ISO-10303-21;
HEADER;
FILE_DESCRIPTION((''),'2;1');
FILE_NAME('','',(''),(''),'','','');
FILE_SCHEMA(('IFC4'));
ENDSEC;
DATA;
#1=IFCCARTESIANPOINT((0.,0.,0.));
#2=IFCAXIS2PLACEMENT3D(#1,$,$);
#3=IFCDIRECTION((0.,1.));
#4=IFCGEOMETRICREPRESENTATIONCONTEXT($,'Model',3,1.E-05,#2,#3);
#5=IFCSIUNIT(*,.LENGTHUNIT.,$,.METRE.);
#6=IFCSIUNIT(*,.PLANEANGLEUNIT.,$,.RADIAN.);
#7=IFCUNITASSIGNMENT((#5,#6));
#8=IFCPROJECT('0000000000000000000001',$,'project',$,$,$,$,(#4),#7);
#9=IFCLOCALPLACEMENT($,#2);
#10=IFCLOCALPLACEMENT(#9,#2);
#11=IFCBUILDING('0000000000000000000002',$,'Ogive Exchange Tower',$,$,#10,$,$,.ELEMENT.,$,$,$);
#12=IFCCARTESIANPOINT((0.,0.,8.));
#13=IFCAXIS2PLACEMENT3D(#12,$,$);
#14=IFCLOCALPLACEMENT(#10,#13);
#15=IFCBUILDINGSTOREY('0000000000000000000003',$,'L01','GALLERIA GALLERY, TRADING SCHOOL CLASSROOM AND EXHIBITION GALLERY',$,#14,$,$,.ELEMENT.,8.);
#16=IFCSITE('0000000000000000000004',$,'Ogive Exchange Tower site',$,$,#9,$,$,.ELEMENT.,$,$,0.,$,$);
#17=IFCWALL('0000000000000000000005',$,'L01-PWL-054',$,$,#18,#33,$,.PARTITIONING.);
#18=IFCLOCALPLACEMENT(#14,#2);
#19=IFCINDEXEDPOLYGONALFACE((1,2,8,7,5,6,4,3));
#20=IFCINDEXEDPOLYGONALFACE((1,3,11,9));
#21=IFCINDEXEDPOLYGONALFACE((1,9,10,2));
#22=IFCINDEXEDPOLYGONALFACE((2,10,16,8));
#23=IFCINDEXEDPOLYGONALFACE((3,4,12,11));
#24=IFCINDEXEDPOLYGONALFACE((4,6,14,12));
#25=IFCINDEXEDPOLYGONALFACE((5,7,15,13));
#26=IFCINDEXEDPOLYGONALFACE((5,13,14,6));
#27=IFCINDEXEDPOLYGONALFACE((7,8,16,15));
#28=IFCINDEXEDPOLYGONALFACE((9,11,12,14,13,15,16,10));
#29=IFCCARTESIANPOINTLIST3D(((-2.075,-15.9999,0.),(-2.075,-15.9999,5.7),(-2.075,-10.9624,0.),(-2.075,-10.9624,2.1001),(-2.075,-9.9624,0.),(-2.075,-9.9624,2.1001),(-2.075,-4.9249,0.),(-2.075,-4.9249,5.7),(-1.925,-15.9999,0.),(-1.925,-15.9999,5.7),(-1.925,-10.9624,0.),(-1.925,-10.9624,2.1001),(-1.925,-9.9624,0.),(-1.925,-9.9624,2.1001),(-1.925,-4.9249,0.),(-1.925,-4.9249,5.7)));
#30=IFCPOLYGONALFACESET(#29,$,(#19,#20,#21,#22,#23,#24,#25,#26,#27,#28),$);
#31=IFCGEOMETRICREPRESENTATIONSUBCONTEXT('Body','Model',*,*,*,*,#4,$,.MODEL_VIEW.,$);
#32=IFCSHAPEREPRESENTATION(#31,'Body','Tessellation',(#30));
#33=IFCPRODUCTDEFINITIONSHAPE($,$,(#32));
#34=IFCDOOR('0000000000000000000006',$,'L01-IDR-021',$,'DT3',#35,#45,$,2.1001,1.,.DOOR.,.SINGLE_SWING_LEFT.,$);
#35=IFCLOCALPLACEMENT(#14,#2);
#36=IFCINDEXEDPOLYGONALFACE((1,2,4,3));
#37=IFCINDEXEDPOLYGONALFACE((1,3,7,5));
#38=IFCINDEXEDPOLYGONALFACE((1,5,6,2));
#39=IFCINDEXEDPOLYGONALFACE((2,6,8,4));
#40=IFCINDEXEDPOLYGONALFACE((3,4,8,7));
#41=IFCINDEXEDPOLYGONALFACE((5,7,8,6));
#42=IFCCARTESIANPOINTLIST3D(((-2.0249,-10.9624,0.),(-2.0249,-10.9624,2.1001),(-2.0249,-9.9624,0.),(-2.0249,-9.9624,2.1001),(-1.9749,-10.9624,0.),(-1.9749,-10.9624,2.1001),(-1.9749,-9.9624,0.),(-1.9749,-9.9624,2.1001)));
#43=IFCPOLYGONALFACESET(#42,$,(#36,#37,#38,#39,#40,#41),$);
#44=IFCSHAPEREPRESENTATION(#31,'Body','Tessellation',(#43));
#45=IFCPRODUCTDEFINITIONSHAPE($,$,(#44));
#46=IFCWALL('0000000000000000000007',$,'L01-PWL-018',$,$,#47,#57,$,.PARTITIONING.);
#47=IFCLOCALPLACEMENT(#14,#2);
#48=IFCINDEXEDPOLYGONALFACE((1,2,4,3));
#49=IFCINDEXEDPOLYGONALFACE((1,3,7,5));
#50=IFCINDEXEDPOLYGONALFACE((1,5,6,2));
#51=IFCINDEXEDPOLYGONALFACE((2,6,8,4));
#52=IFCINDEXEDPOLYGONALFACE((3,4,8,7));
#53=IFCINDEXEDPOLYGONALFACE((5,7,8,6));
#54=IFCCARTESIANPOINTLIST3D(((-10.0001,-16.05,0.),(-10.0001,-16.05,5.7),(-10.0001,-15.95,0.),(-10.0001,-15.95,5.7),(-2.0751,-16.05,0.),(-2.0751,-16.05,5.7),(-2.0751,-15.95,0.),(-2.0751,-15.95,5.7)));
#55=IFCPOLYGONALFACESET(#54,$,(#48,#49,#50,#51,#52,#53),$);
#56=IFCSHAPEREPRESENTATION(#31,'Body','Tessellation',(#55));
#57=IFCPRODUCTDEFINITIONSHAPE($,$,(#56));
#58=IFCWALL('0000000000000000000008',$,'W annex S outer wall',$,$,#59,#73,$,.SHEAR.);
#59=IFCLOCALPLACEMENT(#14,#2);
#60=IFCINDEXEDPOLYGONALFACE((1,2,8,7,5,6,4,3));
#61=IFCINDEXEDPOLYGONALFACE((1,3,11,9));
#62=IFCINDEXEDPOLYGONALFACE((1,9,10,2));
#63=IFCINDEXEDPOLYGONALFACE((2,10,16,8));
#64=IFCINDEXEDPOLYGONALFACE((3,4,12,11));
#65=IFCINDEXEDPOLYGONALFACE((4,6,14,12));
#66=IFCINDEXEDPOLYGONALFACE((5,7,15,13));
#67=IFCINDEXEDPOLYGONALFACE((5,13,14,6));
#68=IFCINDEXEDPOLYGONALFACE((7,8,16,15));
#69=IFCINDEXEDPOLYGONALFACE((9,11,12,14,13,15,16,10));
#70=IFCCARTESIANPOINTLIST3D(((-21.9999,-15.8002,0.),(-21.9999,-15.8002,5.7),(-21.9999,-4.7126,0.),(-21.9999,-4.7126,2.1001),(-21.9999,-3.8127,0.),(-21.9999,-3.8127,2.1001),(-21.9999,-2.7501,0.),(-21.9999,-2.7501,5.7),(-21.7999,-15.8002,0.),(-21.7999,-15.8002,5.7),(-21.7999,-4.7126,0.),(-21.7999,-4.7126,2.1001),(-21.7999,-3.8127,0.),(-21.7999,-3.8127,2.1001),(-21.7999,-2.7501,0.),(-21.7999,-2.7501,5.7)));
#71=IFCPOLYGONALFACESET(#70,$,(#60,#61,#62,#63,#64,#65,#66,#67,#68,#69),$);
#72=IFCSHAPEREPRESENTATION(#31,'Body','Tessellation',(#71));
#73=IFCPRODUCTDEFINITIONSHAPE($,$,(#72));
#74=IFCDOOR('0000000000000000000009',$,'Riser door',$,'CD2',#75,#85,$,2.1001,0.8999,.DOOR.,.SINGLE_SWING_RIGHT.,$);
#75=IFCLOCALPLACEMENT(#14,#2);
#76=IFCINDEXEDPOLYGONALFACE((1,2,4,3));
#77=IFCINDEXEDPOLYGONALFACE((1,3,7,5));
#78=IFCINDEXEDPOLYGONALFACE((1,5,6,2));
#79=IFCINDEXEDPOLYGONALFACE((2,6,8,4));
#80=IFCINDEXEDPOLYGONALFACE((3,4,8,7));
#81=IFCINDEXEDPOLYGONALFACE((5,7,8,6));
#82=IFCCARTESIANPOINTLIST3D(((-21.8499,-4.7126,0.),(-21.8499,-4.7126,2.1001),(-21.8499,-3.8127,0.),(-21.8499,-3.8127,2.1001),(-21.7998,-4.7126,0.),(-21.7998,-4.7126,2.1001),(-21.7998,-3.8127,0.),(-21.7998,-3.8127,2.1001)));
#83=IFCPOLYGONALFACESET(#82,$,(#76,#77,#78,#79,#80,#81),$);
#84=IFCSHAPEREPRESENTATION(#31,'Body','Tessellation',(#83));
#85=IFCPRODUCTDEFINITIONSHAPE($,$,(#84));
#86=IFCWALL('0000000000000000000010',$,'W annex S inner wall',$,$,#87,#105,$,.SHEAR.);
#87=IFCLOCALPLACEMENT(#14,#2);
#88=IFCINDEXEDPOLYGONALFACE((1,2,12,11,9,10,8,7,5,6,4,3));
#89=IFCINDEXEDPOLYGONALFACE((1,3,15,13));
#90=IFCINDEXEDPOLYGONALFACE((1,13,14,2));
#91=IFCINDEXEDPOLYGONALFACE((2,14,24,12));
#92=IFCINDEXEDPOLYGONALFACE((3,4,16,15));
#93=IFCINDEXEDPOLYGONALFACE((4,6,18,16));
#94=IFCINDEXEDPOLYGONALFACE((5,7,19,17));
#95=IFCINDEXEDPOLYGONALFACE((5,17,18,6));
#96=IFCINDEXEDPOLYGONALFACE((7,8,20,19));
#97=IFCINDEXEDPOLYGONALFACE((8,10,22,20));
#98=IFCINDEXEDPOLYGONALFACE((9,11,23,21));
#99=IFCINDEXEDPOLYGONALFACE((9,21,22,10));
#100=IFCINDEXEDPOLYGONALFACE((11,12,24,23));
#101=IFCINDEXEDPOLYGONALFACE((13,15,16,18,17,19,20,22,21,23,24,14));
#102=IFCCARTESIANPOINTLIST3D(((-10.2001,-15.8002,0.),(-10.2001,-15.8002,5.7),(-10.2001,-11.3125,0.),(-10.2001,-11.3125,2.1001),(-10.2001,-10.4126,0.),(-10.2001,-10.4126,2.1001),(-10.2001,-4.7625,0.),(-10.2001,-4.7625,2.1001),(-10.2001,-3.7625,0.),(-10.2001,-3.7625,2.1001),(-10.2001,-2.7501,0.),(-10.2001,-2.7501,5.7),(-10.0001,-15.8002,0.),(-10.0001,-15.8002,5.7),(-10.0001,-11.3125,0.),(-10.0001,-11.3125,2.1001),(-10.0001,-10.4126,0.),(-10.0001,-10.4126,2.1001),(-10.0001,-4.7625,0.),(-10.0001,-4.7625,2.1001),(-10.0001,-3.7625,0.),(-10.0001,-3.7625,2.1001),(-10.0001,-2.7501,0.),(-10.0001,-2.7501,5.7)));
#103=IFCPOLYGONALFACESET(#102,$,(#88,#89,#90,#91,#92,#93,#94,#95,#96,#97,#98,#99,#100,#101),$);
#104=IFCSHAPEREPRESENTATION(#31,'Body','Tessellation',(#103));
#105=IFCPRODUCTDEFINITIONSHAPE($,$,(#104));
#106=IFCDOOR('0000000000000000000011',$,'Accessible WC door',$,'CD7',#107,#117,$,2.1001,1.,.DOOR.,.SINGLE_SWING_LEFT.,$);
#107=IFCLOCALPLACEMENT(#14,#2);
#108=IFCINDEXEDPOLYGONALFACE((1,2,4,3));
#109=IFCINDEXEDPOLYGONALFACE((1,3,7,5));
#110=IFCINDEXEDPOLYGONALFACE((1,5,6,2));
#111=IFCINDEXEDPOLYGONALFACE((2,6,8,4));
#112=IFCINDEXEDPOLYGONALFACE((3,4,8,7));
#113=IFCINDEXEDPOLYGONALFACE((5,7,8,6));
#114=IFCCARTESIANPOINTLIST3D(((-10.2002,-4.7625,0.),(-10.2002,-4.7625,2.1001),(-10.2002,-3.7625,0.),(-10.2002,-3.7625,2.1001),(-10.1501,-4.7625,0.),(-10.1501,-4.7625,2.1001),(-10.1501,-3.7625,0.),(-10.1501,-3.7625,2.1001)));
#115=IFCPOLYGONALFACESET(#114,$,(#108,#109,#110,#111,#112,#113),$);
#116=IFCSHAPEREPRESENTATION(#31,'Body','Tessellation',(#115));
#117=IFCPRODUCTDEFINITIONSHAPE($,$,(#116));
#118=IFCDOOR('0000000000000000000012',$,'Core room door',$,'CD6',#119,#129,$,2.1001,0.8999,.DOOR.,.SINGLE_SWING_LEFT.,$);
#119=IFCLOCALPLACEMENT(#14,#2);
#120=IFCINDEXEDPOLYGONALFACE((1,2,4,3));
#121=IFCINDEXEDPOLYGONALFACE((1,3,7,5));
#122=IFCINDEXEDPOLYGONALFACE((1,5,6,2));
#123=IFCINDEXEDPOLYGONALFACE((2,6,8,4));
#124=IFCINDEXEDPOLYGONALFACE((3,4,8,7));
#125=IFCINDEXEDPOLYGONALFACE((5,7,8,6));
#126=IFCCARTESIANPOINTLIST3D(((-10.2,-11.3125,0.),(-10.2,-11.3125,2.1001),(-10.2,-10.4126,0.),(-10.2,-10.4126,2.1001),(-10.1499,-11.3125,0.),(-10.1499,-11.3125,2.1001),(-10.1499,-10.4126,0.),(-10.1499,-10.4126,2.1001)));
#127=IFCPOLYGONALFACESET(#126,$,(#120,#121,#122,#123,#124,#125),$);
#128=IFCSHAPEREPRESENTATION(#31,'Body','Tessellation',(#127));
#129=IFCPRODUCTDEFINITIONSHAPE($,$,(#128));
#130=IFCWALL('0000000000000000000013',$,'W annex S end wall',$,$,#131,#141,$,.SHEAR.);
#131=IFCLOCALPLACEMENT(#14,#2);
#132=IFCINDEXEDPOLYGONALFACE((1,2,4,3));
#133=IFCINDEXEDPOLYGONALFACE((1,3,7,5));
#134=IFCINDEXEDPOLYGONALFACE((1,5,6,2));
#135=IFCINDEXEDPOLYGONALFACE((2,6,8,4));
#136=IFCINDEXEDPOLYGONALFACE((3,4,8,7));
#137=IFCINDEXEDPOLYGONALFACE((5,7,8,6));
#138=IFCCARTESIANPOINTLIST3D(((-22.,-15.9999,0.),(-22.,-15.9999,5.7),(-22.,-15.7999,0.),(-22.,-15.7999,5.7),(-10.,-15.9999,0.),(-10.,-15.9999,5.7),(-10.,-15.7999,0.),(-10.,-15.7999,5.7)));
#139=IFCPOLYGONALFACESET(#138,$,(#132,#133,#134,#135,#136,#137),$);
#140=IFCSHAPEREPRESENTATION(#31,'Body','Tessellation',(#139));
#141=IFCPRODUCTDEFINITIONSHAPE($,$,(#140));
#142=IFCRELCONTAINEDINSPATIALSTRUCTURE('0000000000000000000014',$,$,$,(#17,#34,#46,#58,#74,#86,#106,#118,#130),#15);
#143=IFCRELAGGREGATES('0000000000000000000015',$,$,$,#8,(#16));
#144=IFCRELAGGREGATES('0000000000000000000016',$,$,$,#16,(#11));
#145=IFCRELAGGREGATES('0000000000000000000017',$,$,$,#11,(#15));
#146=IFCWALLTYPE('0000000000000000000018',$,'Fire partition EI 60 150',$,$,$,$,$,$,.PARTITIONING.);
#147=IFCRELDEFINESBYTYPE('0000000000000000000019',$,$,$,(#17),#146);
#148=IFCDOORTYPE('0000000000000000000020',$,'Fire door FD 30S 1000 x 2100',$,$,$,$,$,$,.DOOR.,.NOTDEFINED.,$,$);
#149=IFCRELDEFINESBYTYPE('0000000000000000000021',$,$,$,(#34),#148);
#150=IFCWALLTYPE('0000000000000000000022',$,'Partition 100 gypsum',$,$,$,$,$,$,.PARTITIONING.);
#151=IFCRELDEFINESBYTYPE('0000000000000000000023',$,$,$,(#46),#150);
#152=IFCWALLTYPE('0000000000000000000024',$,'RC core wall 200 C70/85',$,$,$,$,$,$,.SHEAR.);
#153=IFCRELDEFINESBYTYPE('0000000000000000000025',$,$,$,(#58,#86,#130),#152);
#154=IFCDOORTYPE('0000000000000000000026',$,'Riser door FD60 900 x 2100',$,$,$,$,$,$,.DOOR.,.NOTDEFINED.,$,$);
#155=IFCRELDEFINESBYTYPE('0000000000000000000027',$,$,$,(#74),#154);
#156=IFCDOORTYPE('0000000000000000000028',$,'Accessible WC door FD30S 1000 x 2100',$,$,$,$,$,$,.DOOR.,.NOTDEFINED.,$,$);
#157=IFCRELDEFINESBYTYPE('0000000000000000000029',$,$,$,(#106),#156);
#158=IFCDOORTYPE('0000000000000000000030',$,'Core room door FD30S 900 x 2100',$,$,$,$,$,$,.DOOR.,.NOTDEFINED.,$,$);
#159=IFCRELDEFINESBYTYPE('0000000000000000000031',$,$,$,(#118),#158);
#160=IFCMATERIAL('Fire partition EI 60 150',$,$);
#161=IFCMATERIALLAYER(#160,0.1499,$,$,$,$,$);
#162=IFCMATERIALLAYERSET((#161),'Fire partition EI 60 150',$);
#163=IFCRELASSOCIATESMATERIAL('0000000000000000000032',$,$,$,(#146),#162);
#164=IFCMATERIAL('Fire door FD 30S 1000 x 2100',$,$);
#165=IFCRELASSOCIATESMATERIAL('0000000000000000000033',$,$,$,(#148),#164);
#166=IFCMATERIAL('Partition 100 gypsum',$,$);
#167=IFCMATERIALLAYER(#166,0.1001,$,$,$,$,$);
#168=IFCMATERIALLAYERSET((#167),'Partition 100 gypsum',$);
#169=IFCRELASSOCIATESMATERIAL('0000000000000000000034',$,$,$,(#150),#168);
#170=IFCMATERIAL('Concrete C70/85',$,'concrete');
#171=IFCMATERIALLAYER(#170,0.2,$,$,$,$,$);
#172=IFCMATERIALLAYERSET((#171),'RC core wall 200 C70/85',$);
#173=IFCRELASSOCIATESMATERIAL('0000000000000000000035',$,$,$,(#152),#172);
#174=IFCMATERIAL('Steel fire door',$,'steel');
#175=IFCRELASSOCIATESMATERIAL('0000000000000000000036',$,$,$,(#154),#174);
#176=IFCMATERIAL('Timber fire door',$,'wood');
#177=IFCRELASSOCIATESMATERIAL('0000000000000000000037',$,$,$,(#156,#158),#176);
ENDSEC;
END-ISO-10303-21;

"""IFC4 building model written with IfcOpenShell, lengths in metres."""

from ifc_helpers import new_model, si_unit, direction, frame, frame_2d, origin, place, context, subcontext, project, spatial, rectangle, extrude, material, layer, layer_set, type_object, element, fill, save


model = new_model("IFC4")

# Units and contexts
model_context = context("Model", 3, precision=1e-05, world=origin(), true_north=direction((0.0, 1.0)))
body_context = subcontext(model_context, "Body", "Model", "MODEL_VIEW")
ifc_project = project(units=[si_unit("LENGTHUNIT", "METRE"), si_unit("PLANEANGLEUNIT", "RADIAN")], contexts=[model_context])

# Site, building, storey
site_placement = place(None, origin())
site = spatial("IfcSite", under=ifc_project, at=site_placement, Name="Ogive Exchange Tower site", CompositionType="ELEMENT", RefElevation=0.0)
building_placement = place(site_placement, origin())
building = spatial("IfcBuilding", under=site, at=building_placement, Name="Ogive Exchange Tower", CompositionType="ELEMENT")
storey_placement = place(building_placement, frame((0.0, 0.0, 8.0)))
storey = spatial("IfcBuildingStorey", under=building, at=storey_placement, Name="L01", Description="GALLERIA GALLERY, TRADING SCHOOL CLASSROOM AND EXHIBITION GALLERY", CompositionType="ELEMENT", Elevation=8.0)

# Shared definitions
ifc_material_1 = material(Name="Fire partition EI 60 150")
ifc_layer_1 = layer(ifc_material_1, 0.1499)
ifc_layer_set_1 = layer_set([ifc_layer_1], Name="Fire partition EI 60 150")
wall_type_1 = type_object("IfcWallType", Name="Fire partition EI 60 150", PredefinedType="PARTITIONING", material=ifc_layer_set_1)

# Wall, opening, door
ifc_material_2 = material(Name="Fire door FD 30S 1000 x 2100")
door_type_1 = type_object("IfcDoorType", Name="Fire door FD 30S 1000 x 2100", OperationType="NOTDEFINED", PredefinedType="DOOR", material=ifc_material_2)
wall_1_placement = place(storey_placement, frame((-2.0, -16.0, 0.0), z_axis=(0.0, 0.0, 1.0), x_axis=(0.0, 1.0, 0.0)))
wall_1 = element("IfcWall", 1, at=wall_1_placement, inside=storey, type_object=wall_type_1, Name="L01-PWL-054", PredefinedType="PARTITIONING", context=body_context, shape_type="SweptSolid", body=[
    extrude(rectangle(XDim=11.075, YDim=0.1499, at=frame_2d((5.5376, 0.0))), origin(), (0.0, 0.0, 1.0), 5.7),
])
opening_1_placement = place(wall_1_placement, frame((5.0376, 0.0, 0.0)))
opening_1 = element("IfcOpeningElement", 2, at=opening_1_placement, cuts=wall_1, PredefinedType="OPENING", context=body_context, shape_type="SweptSolid", body=[
    extrude(rectangle(XDim=1.0, YDim=2.1001, at=frame_2d((0.5, 1.05))), frame((0.0, 0.085, 0.0), z_axis=(0.0, -1.0, 0.0), x_axis=(1.0, 0.0, 0.0)), (0.0, 0.0, 1.0), 0.1699),
])
door_1_placement = place(opening_1_placement, origin())
door_1 = element("IfcDoor", 3, at=door_1_placement, inside=storey, type_object=door_type_1, Name="L01-IDR-021", ObjectType="DT3", OperationType="SINGLE_SWING_LEFT", OverallHeight=2.1001, OverallWidth=1.0, PredefinedType="DOOR", context=body_context, shape_type="SweptSolid", body=[
    extrude(rectangle(XDim=1.0, YDim=2.1001, at=frame_2d((0.5, 1.05))), frame((0.0, 0.0249, 0.0), z_axis=(0.0, -1.0, 0.0), x_axis=(1.0, 0.0, 0.0)), (0.0, 0.0, 1.0), 0.05),
])
fill(opening_1, door_1)

# Wall
ifc_material_3 = material(Name="Partition 100 gypsum")
ifc_layer_2 = layer(ifc_material_3, 0.1001)
ifc_layer_set_2 = layer_set([ifc_layer_2], Name="Partition 100 gypsum")
wall_type_2 = type_object("IfcWallType", Name="Partition 100 gypsum", PredefinedType="PARTITIONING", material=ifc_layer_set_2)
wall_2_placement = place(storey_placement, frame((-10.0, -16.0, 0.0), z_axis=(0.0, 0.0, 1.0), x_axis=(1.0, 0.0, 0.0)))
element("IfcWall", 4, at=wall_2_placement, inside=storey, type_object=wall_type_2, Name="L01-PWL-018", PredefinedType="PARTITIONING", context=body_context, shape_type="SweptSolid", body=[
    extrude(rectangle(XDim=7.925, YDim=0.1001, at=frame_2d((3.9624, 0.0))), origin(), (0.0, 0.0, 1.0), 5.7),
])

# Wall, opening, door
ifc_material_4 = material(Name="Concrete C70/85", Category="concrete")
ifc_layer_3 = layer(ifc_material_4, 0.2)
ifc_layer_set_3 = layer_set([ifc_layer_3], Name="RC core wall 200 C70/85")
wall_type_3 = type_object("IfcWallType", Name="RC core wall 200 C70/85", PredefinedType="SHEAR", material=ifc_layer_set_3)
wall_3_placement = place(storey_placement, frame((-21.8999, -15.8, 0.0), z_axis=(0.0, 0.0, 1.0), x_axis=(0.0, 1.0, 0.0)))
wall_3 = element("IfcWall", 5, at=wall_3_placement, inside=storey, type_object=wall_type_3, Name="W annex S outer wall", PredefinedType="SHEAR", context=body_context, shape_type="SweptSolid", body=[
    extrude(rectangle(XDim=13.05, YDim=0.2, at=frame_2d((6.5249, 0.0))), origin(), (0.0, 0.0, 1.0), 5.7),
])
opening_2_placement = place(wall_3_placement, frame((11.0874, 0.0, 0.0)))
opening_2 = element("IfcOpeningElement", 6, at=opening_2_placement, cuts=wall_3, PredefinedType="OPENING", context=body_context, shape_type="SweptSolid", body=[
    extrude(rectangle(XDim=0.8999, YDim=2.1001, at=frame_2d((0.45, 1.05))), frame((0.0, 0.1099, 0.0), z_axis=(0.0, -1.0, 0.0), x_axis=(1.0, 0.0, 0.0)), (0.0, 0.0, 1.0), 0.22),
])
ifc_material_5 = material(Name="Steel fire door", Category="steel")
door_type_2 = type_object("IfcDoorType", Name="Riser door FD60 900 x 2100", OperationType="NOTDEFINED", PredefinedType="DOOR", material=ifc_material_5)
door_2_placement = place(opening_2_placement, frame((0.8999, -0.1499, 0.0), z_axis=(0.0, 0.0, 1.0), x_axis=(-1.0, 0.0, 0.0)))
door_2 = element("IfcDoor", 7, at=door_2_placement, inside=storey, type_object=door_type_2, Name="Riser door", ObjectType="CD2", OperationType="SINGLE_SWING_RIGHT", OverallHeight=2.1001, OverallWidth=0.8999, PredefinedType="DOOR", context=body_context, shape_type="SweptSolid", body=[
    extrude(rectangle(XDim=0.8999, YDim=2.1001, at=frame_2d((0.45, 1.05))), frame((0.0, -0.0498, 0.0), z_axis=(0.0, -1.0, 0.0), x_axis=(1.0, 0.0, 0.0)), (0.0, 0.0, 1.0), 0.05),
])
fill(opening_2, door_2)

# Wall, openings, doors
wall_4_placement = place(storey_placement, frame((-10.1001, -15.8, 0.0), z_axis=(0.0, 0.0, 1.0), x_axis=(0.0, 1.0, 0.0)))
wall_4 = element("IfcWall", 8, at=wall_4_placement, inside=storey, type_object=wall_type_3, Name="W annex S inner wall", PredefinedType="SHEAR", context=body_context, shape_type="SweptSolid", body=[
    extrude(rectangle(XDim=13.05, YDim=0.2, at=frame_2d((6.5249, 0.0))), origin(), (0.0, 0.0, 1.0), 5.7),
])
opening_3_placement = place(wall_4_placement, frame((4.4875, 0.0, 0.0)))
opening_3 = element("IfcOpeningElement", 9, at=opening_3_placement, cuts=wall_4, PredefinedType="OPENING", context=body_context, shape_type="SweptSolid", body=[
    extrude(rectangle(XDim=0.8999, YDim=2.1001, at=frame_2d((0.45, 1.05))), frame((0.0, 0.1099, 0.0), z_axis=(0.0, -1.0, 0.0), x_axis=(1.0, 0.0, 0.0)), (0.0, 0.0, 1.0), 0.22),
])
opening_4_placement = place(wall_4_placement, frame((11.0376, 0.0, 0.0)))
opening_4 = element("IfcOpeningElement", 10, at=opening_4_placement, cuts=wall_4, PredefinedType="OPENING", context=body_context, shape_type="SweptSolid", body=[
    extrude(rectangle(XDim=1.0, YDim=2.1001, at=frame_2d((0.5, 1.05))), frame((0.0, 0.1099, 0.0), z_axis=(0.0, -1.0, 0.0), x_axis=(1.0, 0.0, 0.0)), (0.0, 0.0, 1.0), 0.22),
])
ifc_material_6 = material(Name="Timber fire door", Category="wood")
door_type_3 = type_object("IfcDoorType", Name="Accessible WC door FD30S 1000 x 2100", OperationType="NOTDEFINED", PredefinedType="DOOR", material=ifc_material_6)
door_3_placement = place(opening_4_placement, origin())
door_3 = element("IfcDoor", 11, at=door_3_placement, inside=storey, type_object=door_type_3, Name="Accessible WC door", ObjectType="CD7", OperationType="SINGLE_SWING_LEFT", OverallHeight=2.1001, OverallWidth=1.0, PredefinedType="DOOR", context=body_context, shape_type="SweptSolid", body=[
    extrude(rectangle(XDim=1.0, YDim=2.1001, at=frame_2d((0.5, 1.05))), frame((0.0, 0.1001, 0.0), z_axis=(0.0, -1.0, 0.0), x_axis=(1.0, 0.0, 0.0)), (0.0, 0.0, 1.0), 0.05),
])
fill(opening_4, door_3)
door_type_4 = type_object("IfcDoorType", Name="Core room door FD30S 900 x 2100", OperationType="NOTDEFINED", PredefinedType="DOOR", material=ifc_material_6)
door_4_placement = place(opening_3_placement, frame((0.8999, 0.1499, 0.0), z_axis=(0.0, 0.0, 1.0), x_axis=(-1.0, 0.0, 0.0)))
door_4 = element("IfcDoor", 12, at=door_4_placement, inside=storey, type_object=door_type_4, Name="Core room door", ObjectType="CD6", OperationType="SINGLE_SWING_LEFT", OverallHeight=2.1001, OverallWidth=0.8999, PredefinedType="DOOR", context=body_context, shape_type="SweptSolid", body=[
    extrude(rectangle(XDim=0.8999, YDim=2.1001, at=frame_2d((0.45, 1.05))), frame((0.0, 0.1001, 0.0), z_axis=(0.0, -1.0, 0.0), x_axis=(1.0, 0.0, 0.0)), (0.0, 0.0, 1.0), 0.05),
])
fill(opening_3, door_4)

# Wall
wall_5_placement = place(storey_placement, frame((-22.0, -15.8999, 0.0), z_axis=(0.0, 0.0, 1.0), x_axis=(1.0, 0.0, 0.0)))
element("IfcWall", 13, at=wall_5_placement, inside=storey, type_object=wall_type_3, Name="W annex S end wall", PredefinedType="SHEAR", context=body_context, shape_type="SweptSolid", body=[
    extrude(rectangle(XDim=12.0, YDim=0.2, at=frame_2d((6.0, 0.0))), origin(), (0.0, 0.0, 1.0), 5.7),
])

save(model, "model.ifc")
